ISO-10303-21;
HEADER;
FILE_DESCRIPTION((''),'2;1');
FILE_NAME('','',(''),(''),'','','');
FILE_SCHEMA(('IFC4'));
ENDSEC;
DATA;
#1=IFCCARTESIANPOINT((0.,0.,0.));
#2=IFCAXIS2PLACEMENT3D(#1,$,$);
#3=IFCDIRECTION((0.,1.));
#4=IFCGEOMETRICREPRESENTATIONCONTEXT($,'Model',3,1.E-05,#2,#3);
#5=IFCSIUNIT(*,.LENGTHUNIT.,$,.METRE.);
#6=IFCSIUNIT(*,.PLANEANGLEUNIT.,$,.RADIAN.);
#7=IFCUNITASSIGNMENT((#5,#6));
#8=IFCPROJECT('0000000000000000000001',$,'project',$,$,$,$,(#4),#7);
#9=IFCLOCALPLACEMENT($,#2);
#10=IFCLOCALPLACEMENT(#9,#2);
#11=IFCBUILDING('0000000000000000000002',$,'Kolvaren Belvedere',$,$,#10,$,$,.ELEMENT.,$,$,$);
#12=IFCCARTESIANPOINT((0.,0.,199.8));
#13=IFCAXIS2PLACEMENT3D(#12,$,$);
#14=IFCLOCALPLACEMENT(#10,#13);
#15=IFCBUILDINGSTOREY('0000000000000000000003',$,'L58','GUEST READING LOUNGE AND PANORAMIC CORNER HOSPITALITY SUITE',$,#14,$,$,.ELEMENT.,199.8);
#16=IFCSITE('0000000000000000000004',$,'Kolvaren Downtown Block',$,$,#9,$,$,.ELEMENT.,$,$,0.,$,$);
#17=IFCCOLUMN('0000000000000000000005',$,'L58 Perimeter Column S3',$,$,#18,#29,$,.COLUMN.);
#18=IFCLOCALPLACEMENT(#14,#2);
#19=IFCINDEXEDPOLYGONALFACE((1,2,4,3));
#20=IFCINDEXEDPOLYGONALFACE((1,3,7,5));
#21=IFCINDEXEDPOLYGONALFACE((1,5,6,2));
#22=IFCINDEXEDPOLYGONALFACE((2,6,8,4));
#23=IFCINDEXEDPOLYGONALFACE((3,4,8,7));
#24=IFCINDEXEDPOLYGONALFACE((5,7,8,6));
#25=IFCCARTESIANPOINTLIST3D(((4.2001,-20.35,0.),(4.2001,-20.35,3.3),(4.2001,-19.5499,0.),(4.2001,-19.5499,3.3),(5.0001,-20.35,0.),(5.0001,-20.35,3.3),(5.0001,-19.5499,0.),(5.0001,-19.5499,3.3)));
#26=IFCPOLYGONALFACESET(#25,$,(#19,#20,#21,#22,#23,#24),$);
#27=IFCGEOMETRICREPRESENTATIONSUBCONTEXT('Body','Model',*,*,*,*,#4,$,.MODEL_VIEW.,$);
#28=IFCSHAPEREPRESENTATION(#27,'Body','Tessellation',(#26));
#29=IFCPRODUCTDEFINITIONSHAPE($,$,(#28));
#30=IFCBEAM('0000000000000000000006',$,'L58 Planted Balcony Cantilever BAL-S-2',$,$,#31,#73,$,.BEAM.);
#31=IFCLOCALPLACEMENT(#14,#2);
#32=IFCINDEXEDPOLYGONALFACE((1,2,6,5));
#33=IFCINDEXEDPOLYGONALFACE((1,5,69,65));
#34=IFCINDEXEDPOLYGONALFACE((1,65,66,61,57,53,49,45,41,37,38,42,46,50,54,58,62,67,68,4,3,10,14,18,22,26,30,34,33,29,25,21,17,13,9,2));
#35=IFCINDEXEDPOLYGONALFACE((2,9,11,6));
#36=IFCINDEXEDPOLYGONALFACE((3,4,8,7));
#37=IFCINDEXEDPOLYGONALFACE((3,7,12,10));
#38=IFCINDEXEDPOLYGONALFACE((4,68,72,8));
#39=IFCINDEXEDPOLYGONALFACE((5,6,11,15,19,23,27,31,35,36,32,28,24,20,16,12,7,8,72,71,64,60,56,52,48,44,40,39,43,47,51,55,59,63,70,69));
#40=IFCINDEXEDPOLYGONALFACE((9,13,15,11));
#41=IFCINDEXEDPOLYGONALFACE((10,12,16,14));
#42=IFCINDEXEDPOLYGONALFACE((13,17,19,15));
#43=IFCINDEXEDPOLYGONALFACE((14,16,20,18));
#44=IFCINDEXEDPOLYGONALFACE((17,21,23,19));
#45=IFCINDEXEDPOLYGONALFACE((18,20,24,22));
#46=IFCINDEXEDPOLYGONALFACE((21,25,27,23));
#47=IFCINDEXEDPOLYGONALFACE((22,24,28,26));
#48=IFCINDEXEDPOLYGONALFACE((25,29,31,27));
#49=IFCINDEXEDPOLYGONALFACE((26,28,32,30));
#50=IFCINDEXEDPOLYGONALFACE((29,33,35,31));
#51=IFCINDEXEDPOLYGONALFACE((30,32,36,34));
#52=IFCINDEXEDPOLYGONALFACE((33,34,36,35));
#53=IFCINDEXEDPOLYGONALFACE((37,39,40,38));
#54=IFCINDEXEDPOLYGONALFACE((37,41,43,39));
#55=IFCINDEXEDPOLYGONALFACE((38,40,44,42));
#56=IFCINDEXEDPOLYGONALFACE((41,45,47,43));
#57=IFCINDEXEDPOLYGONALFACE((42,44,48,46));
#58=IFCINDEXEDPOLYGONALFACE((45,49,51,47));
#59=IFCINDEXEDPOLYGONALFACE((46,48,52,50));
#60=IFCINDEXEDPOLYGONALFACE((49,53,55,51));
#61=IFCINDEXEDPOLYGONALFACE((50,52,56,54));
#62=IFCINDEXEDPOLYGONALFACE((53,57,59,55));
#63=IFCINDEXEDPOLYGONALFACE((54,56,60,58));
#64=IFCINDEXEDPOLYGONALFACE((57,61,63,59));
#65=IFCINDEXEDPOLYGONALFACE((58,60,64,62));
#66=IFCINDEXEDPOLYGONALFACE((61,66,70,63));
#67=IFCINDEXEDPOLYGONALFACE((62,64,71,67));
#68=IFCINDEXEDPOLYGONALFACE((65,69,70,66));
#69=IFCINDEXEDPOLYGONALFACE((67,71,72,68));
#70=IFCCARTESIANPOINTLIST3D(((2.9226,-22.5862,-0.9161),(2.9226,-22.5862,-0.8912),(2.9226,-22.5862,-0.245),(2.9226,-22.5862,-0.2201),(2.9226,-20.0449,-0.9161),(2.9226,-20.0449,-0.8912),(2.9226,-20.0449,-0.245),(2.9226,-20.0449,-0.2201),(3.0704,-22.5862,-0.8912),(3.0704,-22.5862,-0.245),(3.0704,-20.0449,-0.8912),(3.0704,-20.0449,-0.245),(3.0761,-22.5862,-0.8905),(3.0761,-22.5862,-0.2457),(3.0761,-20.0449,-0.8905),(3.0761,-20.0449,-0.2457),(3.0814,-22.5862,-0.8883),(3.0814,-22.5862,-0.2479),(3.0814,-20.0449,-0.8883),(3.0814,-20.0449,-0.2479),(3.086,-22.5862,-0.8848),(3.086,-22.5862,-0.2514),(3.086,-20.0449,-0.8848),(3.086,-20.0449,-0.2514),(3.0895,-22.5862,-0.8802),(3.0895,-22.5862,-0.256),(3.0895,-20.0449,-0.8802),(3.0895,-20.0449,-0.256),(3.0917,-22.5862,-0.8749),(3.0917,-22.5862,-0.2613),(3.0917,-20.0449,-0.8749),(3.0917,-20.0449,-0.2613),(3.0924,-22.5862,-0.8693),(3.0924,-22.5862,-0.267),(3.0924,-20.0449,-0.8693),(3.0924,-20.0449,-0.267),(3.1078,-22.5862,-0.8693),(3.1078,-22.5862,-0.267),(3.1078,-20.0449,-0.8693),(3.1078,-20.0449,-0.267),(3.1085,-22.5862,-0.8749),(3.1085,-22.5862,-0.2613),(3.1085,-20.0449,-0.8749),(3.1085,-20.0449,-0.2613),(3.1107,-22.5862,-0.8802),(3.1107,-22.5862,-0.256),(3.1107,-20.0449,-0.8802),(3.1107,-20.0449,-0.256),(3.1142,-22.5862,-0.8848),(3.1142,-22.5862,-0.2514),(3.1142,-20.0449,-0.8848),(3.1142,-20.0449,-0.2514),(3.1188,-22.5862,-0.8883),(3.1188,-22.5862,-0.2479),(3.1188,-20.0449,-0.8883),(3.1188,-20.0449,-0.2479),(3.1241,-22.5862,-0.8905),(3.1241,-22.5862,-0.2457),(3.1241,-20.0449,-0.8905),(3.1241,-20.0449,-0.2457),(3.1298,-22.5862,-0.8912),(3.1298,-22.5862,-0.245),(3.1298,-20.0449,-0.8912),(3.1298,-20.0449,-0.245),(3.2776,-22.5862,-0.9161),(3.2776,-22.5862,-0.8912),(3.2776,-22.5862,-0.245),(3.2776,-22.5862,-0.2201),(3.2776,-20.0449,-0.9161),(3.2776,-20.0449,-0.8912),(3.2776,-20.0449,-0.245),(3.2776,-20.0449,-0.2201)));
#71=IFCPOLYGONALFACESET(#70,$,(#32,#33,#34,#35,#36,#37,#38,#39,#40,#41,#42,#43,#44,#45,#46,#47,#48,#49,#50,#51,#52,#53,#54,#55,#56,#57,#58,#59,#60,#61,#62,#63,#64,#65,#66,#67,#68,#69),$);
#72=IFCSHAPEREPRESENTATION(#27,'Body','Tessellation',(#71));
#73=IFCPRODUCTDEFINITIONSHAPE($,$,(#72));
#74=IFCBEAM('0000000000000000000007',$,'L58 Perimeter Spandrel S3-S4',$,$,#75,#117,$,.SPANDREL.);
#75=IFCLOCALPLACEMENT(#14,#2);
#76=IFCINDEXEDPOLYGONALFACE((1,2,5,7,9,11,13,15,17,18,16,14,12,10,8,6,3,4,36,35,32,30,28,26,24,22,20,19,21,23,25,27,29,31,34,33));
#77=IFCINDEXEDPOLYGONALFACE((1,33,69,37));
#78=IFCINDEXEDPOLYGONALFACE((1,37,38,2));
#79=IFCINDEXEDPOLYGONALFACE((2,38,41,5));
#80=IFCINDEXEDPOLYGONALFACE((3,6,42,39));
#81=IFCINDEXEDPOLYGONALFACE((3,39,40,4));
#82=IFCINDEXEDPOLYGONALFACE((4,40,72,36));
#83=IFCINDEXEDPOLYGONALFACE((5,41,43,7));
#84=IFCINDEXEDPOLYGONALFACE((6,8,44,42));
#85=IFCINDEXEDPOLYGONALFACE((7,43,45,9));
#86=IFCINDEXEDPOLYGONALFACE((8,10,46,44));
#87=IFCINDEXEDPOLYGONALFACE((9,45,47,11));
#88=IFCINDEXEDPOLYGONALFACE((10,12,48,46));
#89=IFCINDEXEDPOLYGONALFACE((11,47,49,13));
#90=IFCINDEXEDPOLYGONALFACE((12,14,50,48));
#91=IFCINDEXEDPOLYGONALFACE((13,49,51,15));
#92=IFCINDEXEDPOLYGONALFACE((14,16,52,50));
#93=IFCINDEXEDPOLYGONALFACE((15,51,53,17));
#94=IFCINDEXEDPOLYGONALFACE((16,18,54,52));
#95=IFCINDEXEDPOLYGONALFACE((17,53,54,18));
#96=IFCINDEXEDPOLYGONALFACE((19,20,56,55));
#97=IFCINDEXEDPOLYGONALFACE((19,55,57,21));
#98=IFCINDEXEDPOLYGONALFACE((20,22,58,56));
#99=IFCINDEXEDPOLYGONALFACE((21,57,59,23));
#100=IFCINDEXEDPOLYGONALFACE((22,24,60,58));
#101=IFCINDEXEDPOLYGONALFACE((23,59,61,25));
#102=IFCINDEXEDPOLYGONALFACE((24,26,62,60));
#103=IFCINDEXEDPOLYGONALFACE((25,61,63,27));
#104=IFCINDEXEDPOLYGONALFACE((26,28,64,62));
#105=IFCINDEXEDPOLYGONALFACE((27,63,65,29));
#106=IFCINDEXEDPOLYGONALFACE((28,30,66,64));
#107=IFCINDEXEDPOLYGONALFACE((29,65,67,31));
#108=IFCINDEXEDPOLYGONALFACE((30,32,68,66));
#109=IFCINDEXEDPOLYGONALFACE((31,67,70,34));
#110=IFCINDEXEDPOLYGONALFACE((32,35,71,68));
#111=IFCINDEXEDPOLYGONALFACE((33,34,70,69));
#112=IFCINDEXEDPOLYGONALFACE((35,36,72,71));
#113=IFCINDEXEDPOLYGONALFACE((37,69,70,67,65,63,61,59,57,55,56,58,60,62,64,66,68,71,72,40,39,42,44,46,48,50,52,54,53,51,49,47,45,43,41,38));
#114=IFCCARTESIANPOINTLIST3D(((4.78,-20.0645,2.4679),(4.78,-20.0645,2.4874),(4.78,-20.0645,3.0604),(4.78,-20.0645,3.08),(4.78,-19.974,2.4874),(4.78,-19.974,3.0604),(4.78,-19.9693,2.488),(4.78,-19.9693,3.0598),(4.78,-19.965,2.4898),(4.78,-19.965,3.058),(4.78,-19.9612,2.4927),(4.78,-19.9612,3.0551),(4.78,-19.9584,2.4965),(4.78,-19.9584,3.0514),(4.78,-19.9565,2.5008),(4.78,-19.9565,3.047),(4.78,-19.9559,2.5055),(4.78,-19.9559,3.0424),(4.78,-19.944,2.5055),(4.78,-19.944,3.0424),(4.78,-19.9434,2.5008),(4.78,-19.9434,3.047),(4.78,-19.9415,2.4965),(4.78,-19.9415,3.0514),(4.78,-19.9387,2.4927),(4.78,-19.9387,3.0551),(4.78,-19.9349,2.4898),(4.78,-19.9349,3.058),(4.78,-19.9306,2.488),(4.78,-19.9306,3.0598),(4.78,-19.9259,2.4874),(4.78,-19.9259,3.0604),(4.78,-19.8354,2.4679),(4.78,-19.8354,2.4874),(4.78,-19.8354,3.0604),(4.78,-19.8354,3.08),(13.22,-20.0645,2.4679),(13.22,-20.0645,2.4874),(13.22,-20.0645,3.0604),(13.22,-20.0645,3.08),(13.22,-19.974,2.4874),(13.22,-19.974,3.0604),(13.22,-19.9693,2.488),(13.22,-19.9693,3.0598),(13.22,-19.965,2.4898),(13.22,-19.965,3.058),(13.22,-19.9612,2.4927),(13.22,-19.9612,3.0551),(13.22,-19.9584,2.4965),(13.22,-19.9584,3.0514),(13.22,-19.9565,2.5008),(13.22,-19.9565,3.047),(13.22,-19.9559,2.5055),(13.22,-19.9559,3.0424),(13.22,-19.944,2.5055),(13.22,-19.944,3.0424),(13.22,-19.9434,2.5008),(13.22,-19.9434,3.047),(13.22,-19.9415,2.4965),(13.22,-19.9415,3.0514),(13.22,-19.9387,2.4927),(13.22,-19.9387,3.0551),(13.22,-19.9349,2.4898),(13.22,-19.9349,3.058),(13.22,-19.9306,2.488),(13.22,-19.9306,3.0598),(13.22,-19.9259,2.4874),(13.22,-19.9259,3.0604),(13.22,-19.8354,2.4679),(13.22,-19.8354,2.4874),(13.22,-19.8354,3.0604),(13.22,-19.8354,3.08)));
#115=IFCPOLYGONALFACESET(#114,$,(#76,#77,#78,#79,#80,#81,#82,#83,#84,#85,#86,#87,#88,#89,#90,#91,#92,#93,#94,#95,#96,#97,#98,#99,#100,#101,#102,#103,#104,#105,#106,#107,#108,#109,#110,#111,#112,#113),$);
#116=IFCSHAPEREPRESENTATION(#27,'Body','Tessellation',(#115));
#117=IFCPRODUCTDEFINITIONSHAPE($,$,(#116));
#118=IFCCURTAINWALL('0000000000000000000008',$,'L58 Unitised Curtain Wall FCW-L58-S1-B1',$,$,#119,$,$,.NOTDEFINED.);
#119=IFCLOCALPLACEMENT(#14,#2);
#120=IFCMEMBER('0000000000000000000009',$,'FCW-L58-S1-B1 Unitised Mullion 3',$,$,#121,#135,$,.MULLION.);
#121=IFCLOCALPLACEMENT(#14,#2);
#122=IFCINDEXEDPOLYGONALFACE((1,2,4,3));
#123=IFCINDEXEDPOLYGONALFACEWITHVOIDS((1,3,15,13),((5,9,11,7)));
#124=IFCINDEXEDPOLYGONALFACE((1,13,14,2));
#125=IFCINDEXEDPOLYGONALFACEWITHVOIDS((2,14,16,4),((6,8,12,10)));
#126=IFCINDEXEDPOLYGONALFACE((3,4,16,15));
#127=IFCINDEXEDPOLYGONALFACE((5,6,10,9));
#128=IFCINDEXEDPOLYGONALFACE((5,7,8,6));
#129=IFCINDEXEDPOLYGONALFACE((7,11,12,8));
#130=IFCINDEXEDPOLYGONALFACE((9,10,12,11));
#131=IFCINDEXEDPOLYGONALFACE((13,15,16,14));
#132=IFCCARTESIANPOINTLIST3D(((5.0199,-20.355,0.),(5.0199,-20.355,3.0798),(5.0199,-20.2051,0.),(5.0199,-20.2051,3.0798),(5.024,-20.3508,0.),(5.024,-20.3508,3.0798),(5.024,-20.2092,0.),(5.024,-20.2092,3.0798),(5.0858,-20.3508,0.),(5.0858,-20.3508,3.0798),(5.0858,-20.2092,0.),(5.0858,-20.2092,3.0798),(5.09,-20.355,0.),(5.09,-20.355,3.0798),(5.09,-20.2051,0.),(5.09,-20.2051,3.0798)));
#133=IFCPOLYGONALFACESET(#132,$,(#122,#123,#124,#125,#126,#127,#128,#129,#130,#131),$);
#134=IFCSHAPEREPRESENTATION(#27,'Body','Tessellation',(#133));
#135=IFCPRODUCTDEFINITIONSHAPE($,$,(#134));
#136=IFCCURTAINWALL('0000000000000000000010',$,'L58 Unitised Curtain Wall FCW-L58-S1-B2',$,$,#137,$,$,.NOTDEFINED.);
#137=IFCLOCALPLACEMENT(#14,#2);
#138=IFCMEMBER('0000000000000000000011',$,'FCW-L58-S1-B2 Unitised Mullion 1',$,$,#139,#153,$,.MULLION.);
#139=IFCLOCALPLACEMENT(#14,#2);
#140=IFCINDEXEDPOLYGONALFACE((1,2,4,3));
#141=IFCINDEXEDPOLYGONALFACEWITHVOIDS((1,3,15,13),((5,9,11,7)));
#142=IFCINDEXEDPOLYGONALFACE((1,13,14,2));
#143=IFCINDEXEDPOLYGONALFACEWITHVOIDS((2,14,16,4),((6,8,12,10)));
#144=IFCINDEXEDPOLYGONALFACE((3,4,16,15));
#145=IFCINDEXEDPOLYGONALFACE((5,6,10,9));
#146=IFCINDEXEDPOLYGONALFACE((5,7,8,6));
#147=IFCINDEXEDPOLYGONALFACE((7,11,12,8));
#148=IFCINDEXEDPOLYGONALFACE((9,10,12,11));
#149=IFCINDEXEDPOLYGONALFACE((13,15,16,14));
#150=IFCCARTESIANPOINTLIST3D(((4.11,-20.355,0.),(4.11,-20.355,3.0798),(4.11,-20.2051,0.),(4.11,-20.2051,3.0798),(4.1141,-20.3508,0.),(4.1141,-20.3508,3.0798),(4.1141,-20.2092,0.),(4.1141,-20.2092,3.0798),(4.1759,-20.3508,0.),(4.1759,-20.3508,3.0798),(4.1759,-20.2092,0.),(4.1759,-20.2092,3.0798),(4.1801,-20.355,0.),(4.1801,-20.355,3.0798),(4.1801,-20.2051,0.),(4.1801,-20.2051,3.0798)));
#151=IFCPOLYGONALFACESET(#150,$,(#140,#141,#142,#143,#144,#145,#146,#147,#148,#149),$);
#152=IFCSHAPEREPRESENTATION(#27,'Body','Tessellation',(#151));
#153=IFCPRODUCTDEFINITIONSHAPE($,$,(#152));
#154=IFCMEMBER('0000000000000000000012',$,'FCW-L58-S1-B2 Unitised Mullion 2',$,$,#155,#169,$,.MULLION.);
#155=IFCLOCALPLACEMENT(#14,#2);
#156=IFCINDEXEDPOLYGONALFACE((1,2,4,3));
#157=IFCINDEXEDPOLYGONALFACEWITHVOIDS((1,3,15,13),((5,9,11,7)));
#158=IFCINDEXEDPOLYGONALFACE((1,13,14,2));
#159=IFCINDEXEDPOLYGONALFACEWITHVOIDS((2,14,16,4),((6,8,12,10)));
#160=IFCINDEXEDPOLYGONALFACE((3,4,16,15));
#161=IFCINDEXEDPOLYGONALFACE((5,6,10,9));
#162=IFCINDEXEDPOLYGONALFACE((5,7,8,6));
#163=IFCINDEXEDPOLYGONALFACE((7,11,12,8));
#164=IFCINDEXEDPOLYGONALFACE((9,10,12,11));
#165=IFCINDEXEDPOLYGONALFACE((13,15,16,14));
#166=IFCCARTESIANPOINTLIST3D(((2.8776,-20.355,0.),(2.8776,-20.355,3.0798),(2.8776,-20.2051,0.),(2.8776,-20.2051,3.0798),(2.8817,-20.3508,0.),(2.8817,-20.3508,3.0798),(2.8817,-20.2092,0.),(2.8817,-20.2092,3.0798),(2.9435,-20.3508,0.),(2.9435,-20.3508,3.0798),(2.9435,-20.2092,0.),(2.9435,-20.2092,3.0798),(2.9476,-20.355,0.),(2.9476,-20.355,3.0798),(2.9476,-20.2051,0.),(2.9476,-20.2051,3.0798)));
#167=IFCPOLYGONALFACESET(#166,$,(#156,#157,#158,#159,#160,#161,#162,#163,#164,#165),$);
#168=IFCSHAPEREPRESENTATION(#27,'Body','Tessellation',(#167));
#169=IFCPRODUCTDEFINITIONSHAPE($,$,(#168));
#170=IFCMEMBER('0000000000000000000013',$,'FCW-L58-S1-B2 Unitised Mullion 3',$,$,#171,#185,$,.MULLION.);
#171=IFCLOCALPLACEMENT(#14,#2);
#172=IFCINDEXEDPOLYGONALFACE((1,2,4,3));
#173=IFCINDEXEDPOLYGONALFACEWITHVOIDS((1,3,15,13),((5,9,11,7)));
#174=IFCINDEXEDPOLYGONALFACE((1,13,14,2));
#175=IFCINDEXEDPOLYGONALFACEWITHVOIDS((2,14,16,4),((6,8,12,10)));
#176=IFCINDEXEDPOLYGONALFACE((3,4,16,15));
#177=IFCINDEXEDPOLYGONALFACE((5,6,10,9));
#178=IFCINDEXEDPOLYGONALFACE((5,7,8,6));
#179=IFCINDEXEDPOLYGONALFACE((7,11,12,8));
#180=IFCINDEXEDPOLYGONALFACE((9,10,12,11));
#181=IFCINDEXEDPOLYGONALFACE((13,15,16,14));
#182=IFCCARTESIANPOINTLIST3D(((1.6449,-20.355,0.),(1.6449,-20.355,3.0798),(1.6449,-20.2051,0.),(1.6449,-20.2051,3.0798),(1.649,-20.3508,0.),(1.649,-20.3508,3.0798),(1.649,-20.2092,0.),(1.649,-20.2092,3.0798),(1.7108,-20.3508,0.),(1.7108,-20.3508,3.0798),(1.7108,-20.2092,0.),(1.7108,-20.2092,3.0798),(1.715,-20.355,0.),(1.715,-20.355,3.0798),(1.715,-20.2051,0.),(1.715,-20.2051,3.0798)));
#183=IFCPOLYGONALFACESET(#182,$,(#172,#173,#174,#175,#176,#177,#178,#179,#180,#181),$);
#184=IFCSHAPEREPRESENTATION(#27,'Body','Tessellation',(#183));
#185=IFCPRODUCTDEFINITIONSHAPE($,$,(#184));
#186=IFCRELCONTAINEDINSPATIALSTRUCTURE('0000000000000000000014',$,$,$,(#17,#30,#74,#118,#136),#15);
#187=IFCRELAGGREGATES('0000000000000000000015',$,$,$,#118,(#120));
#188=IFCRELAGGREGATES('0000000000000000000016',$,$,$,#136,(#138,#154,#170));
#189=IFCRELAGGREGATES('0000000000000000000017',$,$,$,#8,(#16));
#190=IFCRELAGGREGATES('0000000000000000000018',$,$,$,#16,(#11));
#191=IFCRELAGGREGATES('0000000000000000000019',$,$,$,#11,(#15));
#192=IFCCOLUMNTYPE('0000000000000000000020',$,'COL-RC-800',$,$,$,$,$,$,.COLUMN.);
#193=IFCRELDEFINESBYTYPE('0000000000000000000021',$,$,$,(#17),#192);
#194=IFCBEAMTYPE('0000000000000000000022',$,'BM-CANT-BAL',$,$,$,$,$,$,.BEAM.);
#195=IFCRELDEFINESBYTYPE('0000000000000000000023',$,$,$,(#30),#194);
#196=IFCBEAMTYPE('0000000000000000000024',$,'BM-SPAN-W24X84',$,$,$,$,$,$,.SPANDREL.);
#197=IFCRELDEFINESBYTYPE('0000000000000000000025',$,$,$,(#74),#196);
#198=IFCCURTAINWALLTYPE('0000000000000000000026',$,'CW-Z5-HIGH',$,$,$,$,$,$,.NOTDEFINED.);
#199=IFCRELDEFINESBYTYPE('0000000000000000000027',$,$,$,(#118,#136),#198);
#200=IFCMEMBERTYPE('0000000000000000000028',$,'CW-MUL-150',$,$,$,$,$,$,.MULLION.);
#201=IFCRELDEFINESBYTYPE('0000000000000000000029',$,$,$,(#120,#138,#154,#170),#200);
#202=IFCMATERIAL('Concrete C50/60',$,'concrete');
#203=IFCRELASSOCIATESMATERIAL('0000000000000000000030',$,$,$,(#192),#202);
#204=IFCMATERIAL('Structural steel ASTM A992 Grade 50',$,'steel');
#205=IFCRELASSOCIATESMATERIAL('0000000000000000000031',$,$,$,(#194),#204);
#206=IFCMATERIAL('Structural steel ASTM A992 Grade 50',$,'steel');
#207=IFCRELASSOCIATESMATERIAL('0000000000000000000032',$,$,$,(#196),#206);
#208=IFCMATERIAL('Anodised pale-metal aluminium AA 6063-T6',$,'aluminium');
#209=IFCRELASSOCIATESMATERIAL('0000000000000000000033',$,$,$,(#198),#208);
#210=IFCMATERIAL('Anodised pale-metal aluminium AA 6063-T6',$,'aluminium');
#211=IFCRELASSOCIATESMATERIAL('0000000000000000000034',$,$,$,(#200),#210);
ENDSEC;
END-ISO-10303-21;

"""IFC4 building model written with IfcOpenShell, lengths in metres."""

from ifc_helpers import new_model, si_unit, direction, frame, origin, origin_2d, place, context, subcontext, project, spatial, rectangle, hollow_rectangle, i_section, extrude, material, material_profile, profile_set, type_object, element, aggregate, save


model = new_model("IFC4")

# Units and contexts
model_context = context("Model", 3, precision=1e-05, world=origin(), true_north=direction((0.0, 1.0)))
body_context = subcontext(model_context, "Body", "Model", "MODEL_VIEW")
ifc_project = project(units=[si_unit("LENGTHUNIT", "METRE"), si_unit("PLANEANGLEUNIT", "RADIAN")], contexts=[model_context])

# Site, building, storey
site_placement = place(None, origin())
site = spatial("IfcSite", under=ifc_project, at=site_placement, Name="Kolvaren Downtown Block", CompositionType="ELEMENT", RefElevation=0.0)
building_placement = place(site_placement, origin())
building = spatial("IfcBuilding", under=site, at=building_placement, Name="Kolvaren Belvedere", CompositionType="ELEMENT")
storey_placement = place(building_placement, frame((0.0, 0.0, 199.8)))
storey = spatial("IfcBuildingStorey", under=building, at=storey_placement, Name="L58", Description="GUEST READING LOUNGE AND PANORAMIC CORNER HOSPITALITY SUITE", CompositionType="ELEMENT", Elevation=199.8)

# Column
ifc_material_1 = material(Name="Concrete C50/60", Category="concrete")
ifc_material_profile_1 = material_profile(ifc_material_1, rectangle(XDim=0.8, YDim=0.8, at=origin_2d()), Name="RC 800X800")
ifc_profile_set_1 = profile_set([ifc_material_profile_1], Name="Concrete C50/60")
column_type = type_object("IfcColumnType", Name="COL-RC-800", PredefinedType="COLUMN", material=ifc_profile_set_1)
column_placement = place(storey_placement, frame((4.6001, -19.95, 0.0), z_axis=(0.0, 0.0, 1.0), x_axis=(1.0, 0.0, 0.0)))
element("IfcColumn", 1, at=column_placement, inside=storey, type_object=column_type, Name="L58 Perimeter Column S3", PredefinedType="COLUMN", context=body_context, shape_type="SweptSolid", body=[
    extrude(rectangle(XDim=0.8, YDim=0.8, at=origin_2d()), origin(), (0.0, 0.0, 1.0), 3.3),
])

# Beams
ifc_material_2 = material(Name="Structural steel ASTM A992 Grade 50", Category="steel")
ifc_material_profile_2 = material_profile(ifc_material_2, i_section(OverallWidth=0.355, OverallDepth=0.696, WebThickness=0.0154, FlangeThickness=0.0249, FilletRadius=0.022, at=origin_2d()), Name="W27X146")
ifc_profile_set_2 = profile_set([ifc_material_profile_2], Name="Structural steel ASTM A992 Grade 50")
beam_type_1 = type_object("IfcBeamType", Name="BM-CANT-BAL", PredefinedType="BEAM", material=ifc_profile_set_2)
beam_1_placement = place(storey_placement, frame((3.1001, -20.0449, -0.5681), z_axis=(0.0, -1.0, 0.0), x_axis=(1.0, 0.0, 0.0)))
element("IfcBeam", 2, at=beam_1_placement, inside=storey, type_object=beam_type_1, Name="L58 Planted Balcony Cantilever BAL-S-2", PredefinedType="BEAM", context=body_context, shape_type="SweptSolid", body=[
    extrude(i_section(OverallWidth=0.355, OverallDepth=0.696, WebThickness=0.0154, FlangeThickness=0.0249, FilletRadius=0.022, at=origin_2d()), origin(), (0.0, 0.0, 1.0), 2.5413),
])
ifc_material_3 = material(Name="Structural steel ASTM A992 Grade 50", Category="steel")
ifc_material_profile_3 = material_profile(ifc_material_3, i_section(OverallWidth=0.229, OverallDepth=0.6121, WebThickness=0.012, FlangeThickness=0.0195, FilletRadius=0.0181, at=origin_2d()), Name="W24X84")
ifc_profile_set_3 = profile_set([ifc_material_profile_3], Name="Structural steel ASTM A992 Grade 50")
beam_type_2 = type_object("IfcBeamType", Name="BM-SPAN-W24X84", PredefinedType="SPANDREL", material=ifc_profile_set_3)
beam_2_placement = place(storey_placement, frame((4.78, -19.95, 2.7739), z_axis=(1.0, 0.0, 0.0), x_axis=(0.0, 1.0, 0.0)))
element("IfcBeam", 3, at=beam_2_placement, inside=storey, type_object=beam_type_2, Name="L58 Perimeter Spandrel S3-S4", PredefinedType="SPANDREL", context=body_context, shape_type="SweptSolid", body=[
    extrude(i_section(OverallWidth=0.229, OverallDepth=0.6121, WebThickness=0.012, FlangeThickness=0.0195, FilletRadius=0.0181, at=origin_2d()), origin(), (0.0, 0.0, 1.0), 8.4399),
])

# Curtain wall, member
ifc_material_4 = material(Name="Anodised pale-metal aluminium AA 6063-T6", Category="aluminium")
curtain_wall_type = type_object("IfcCurtainWallType", Name="CW-Z5-HIGH", PredefinedType="NOTDEFINED", material=ifc_material_4)
curtain_wall_1_placement = place(storey_placement, origin())
curtain_wall_1 = element("IfcCurtainWall", 4, at=curtain_wall_1_placement, inside=storey, type_object=curtain_wall_type, Name="L58 Unitised Curtain Wall FCW-L58-S1-B1", PredefinedType="NOTDEFINED")
ifc_material_5 = material(Name="Anodised pale-metal aluminium AA 6063-T6", Category="aluminium")
ifc_material_profile_4 = material_profile(ifc_material_5, hollow_rectangle(XDim=0.0701, YDim=0.1499, WallThickness=0.0042, at=origin_2d()), Name="ALU-MUL-150X70")
ifc_profile_set_4 = profile_set([ifc_material_profile_4], Name="Anodised pale-metal aluminium AA 6063-T6")
member_type_1 = type_object("IfcMemberType", Name="CW-MUL-150", PredefinedType="MULLION", material=ifc_profile_set_4)
member_1_placement = place(storey_placement, frame((5.0549, -20.28, 0.0), z_axis=(0.0, 0.0, 1.0), x_axis=(1.0, 0.0, 0.0)))
member_1 = element("IfcMember", 5, at=member_1_placement, type_object=member_type_1, Name="FCW-L58-S1-B1 Unitised Mullion 3", PredefinedType="MULLION", context=body_context, shape_type="SweptSolid", body=[
    extrude(hollow_rectangle(XDim=0.0701, YDim=0.1499, WallThickness=0.0042, at=origin_2d()), origin(), (0.0, 0.0, 1.0), 3.0798),
])
aggregate(curtain_wall_1, [member_1])

# Curtain wall, members
curtain_wall_2_placement = place(storey_placement, origin())
curtain_wall_2 = element("IfcCurtainWall", 6, at=curtain_wall_2_placement, inside=storey, type_object=curtain_wall_type, Name="L58 Unitised Curtain Wall FCW-L58-S1-B2", PredefinedType="NOTDEFINED")
member_2_placement = place(storey_placement, frame((4.145, -20.28, 0.0), z_axis=(0.0, 0.0, 1.0), x_axis=(1.0, 0.0, 0.0)))
member_2 = element("IfcMember", 7, at=member_2_placement, type_object=member_type_1, Name="FCW-L58-S1-B2 Unitised Mullion 1", PredefinedType="MULLION", context=body_context, shape_type="SweptSolid", body=[
    extrude(hollow_rectangle(XDim=0.0701, YDim=0.1499, WallThickness=0.0042, at=origin_2d()), origin(), (0.0, 0.0, 1.0), 3.0798),
])
member_3_placement = place(storey_placement, frame((2.9126, -20.28, 0.0), z_axis=(0.0, 0.0, 1.0), x_axis=(1.0, 0.0, 0.0)))
member_3 = element("IfcMember", 8, at=member_3_placement, type_object=member_type_1, Name="FCW-L58-S1-B2 Unitised Mullion 2", PredefinedType="MULLION", context=body_context, shape_type="SweptSolid", body=[
    extrude(hollow_rectangle(XDim=0.0701, YDim=0.1499, WallThickness=0.0042, at=origin_2d()), origin(), (0.0, 0.0, 1.0), 3.0798),
])
member_4_placement = place(storey_placement, frame((1.6799, -20.28, 0.0), z_axis=(0.0, 0.0, 1.0), x_axis=(1.0, 0.0, 0.0)))
member_4 = element("IfcMember", 9, at=member_4_placement, type_object=member_type_1, Name="FCW-L58-S1-B2 Unitised Mullion 3", PredefinedType="MULLION", context=body_context, shape_type="SweptSolid", body=[
    extrude(hollow_rectangle(XDim=0.0701, YDim=0.1499, WallThickness=0.0042, at=origin_2d()), origin(), (0.0, 0.0, 1.0), 3.0798),
])

aggregate(curtain_wall_2, [member_2, member_3, member_4])

save(model, "model.ifc")
